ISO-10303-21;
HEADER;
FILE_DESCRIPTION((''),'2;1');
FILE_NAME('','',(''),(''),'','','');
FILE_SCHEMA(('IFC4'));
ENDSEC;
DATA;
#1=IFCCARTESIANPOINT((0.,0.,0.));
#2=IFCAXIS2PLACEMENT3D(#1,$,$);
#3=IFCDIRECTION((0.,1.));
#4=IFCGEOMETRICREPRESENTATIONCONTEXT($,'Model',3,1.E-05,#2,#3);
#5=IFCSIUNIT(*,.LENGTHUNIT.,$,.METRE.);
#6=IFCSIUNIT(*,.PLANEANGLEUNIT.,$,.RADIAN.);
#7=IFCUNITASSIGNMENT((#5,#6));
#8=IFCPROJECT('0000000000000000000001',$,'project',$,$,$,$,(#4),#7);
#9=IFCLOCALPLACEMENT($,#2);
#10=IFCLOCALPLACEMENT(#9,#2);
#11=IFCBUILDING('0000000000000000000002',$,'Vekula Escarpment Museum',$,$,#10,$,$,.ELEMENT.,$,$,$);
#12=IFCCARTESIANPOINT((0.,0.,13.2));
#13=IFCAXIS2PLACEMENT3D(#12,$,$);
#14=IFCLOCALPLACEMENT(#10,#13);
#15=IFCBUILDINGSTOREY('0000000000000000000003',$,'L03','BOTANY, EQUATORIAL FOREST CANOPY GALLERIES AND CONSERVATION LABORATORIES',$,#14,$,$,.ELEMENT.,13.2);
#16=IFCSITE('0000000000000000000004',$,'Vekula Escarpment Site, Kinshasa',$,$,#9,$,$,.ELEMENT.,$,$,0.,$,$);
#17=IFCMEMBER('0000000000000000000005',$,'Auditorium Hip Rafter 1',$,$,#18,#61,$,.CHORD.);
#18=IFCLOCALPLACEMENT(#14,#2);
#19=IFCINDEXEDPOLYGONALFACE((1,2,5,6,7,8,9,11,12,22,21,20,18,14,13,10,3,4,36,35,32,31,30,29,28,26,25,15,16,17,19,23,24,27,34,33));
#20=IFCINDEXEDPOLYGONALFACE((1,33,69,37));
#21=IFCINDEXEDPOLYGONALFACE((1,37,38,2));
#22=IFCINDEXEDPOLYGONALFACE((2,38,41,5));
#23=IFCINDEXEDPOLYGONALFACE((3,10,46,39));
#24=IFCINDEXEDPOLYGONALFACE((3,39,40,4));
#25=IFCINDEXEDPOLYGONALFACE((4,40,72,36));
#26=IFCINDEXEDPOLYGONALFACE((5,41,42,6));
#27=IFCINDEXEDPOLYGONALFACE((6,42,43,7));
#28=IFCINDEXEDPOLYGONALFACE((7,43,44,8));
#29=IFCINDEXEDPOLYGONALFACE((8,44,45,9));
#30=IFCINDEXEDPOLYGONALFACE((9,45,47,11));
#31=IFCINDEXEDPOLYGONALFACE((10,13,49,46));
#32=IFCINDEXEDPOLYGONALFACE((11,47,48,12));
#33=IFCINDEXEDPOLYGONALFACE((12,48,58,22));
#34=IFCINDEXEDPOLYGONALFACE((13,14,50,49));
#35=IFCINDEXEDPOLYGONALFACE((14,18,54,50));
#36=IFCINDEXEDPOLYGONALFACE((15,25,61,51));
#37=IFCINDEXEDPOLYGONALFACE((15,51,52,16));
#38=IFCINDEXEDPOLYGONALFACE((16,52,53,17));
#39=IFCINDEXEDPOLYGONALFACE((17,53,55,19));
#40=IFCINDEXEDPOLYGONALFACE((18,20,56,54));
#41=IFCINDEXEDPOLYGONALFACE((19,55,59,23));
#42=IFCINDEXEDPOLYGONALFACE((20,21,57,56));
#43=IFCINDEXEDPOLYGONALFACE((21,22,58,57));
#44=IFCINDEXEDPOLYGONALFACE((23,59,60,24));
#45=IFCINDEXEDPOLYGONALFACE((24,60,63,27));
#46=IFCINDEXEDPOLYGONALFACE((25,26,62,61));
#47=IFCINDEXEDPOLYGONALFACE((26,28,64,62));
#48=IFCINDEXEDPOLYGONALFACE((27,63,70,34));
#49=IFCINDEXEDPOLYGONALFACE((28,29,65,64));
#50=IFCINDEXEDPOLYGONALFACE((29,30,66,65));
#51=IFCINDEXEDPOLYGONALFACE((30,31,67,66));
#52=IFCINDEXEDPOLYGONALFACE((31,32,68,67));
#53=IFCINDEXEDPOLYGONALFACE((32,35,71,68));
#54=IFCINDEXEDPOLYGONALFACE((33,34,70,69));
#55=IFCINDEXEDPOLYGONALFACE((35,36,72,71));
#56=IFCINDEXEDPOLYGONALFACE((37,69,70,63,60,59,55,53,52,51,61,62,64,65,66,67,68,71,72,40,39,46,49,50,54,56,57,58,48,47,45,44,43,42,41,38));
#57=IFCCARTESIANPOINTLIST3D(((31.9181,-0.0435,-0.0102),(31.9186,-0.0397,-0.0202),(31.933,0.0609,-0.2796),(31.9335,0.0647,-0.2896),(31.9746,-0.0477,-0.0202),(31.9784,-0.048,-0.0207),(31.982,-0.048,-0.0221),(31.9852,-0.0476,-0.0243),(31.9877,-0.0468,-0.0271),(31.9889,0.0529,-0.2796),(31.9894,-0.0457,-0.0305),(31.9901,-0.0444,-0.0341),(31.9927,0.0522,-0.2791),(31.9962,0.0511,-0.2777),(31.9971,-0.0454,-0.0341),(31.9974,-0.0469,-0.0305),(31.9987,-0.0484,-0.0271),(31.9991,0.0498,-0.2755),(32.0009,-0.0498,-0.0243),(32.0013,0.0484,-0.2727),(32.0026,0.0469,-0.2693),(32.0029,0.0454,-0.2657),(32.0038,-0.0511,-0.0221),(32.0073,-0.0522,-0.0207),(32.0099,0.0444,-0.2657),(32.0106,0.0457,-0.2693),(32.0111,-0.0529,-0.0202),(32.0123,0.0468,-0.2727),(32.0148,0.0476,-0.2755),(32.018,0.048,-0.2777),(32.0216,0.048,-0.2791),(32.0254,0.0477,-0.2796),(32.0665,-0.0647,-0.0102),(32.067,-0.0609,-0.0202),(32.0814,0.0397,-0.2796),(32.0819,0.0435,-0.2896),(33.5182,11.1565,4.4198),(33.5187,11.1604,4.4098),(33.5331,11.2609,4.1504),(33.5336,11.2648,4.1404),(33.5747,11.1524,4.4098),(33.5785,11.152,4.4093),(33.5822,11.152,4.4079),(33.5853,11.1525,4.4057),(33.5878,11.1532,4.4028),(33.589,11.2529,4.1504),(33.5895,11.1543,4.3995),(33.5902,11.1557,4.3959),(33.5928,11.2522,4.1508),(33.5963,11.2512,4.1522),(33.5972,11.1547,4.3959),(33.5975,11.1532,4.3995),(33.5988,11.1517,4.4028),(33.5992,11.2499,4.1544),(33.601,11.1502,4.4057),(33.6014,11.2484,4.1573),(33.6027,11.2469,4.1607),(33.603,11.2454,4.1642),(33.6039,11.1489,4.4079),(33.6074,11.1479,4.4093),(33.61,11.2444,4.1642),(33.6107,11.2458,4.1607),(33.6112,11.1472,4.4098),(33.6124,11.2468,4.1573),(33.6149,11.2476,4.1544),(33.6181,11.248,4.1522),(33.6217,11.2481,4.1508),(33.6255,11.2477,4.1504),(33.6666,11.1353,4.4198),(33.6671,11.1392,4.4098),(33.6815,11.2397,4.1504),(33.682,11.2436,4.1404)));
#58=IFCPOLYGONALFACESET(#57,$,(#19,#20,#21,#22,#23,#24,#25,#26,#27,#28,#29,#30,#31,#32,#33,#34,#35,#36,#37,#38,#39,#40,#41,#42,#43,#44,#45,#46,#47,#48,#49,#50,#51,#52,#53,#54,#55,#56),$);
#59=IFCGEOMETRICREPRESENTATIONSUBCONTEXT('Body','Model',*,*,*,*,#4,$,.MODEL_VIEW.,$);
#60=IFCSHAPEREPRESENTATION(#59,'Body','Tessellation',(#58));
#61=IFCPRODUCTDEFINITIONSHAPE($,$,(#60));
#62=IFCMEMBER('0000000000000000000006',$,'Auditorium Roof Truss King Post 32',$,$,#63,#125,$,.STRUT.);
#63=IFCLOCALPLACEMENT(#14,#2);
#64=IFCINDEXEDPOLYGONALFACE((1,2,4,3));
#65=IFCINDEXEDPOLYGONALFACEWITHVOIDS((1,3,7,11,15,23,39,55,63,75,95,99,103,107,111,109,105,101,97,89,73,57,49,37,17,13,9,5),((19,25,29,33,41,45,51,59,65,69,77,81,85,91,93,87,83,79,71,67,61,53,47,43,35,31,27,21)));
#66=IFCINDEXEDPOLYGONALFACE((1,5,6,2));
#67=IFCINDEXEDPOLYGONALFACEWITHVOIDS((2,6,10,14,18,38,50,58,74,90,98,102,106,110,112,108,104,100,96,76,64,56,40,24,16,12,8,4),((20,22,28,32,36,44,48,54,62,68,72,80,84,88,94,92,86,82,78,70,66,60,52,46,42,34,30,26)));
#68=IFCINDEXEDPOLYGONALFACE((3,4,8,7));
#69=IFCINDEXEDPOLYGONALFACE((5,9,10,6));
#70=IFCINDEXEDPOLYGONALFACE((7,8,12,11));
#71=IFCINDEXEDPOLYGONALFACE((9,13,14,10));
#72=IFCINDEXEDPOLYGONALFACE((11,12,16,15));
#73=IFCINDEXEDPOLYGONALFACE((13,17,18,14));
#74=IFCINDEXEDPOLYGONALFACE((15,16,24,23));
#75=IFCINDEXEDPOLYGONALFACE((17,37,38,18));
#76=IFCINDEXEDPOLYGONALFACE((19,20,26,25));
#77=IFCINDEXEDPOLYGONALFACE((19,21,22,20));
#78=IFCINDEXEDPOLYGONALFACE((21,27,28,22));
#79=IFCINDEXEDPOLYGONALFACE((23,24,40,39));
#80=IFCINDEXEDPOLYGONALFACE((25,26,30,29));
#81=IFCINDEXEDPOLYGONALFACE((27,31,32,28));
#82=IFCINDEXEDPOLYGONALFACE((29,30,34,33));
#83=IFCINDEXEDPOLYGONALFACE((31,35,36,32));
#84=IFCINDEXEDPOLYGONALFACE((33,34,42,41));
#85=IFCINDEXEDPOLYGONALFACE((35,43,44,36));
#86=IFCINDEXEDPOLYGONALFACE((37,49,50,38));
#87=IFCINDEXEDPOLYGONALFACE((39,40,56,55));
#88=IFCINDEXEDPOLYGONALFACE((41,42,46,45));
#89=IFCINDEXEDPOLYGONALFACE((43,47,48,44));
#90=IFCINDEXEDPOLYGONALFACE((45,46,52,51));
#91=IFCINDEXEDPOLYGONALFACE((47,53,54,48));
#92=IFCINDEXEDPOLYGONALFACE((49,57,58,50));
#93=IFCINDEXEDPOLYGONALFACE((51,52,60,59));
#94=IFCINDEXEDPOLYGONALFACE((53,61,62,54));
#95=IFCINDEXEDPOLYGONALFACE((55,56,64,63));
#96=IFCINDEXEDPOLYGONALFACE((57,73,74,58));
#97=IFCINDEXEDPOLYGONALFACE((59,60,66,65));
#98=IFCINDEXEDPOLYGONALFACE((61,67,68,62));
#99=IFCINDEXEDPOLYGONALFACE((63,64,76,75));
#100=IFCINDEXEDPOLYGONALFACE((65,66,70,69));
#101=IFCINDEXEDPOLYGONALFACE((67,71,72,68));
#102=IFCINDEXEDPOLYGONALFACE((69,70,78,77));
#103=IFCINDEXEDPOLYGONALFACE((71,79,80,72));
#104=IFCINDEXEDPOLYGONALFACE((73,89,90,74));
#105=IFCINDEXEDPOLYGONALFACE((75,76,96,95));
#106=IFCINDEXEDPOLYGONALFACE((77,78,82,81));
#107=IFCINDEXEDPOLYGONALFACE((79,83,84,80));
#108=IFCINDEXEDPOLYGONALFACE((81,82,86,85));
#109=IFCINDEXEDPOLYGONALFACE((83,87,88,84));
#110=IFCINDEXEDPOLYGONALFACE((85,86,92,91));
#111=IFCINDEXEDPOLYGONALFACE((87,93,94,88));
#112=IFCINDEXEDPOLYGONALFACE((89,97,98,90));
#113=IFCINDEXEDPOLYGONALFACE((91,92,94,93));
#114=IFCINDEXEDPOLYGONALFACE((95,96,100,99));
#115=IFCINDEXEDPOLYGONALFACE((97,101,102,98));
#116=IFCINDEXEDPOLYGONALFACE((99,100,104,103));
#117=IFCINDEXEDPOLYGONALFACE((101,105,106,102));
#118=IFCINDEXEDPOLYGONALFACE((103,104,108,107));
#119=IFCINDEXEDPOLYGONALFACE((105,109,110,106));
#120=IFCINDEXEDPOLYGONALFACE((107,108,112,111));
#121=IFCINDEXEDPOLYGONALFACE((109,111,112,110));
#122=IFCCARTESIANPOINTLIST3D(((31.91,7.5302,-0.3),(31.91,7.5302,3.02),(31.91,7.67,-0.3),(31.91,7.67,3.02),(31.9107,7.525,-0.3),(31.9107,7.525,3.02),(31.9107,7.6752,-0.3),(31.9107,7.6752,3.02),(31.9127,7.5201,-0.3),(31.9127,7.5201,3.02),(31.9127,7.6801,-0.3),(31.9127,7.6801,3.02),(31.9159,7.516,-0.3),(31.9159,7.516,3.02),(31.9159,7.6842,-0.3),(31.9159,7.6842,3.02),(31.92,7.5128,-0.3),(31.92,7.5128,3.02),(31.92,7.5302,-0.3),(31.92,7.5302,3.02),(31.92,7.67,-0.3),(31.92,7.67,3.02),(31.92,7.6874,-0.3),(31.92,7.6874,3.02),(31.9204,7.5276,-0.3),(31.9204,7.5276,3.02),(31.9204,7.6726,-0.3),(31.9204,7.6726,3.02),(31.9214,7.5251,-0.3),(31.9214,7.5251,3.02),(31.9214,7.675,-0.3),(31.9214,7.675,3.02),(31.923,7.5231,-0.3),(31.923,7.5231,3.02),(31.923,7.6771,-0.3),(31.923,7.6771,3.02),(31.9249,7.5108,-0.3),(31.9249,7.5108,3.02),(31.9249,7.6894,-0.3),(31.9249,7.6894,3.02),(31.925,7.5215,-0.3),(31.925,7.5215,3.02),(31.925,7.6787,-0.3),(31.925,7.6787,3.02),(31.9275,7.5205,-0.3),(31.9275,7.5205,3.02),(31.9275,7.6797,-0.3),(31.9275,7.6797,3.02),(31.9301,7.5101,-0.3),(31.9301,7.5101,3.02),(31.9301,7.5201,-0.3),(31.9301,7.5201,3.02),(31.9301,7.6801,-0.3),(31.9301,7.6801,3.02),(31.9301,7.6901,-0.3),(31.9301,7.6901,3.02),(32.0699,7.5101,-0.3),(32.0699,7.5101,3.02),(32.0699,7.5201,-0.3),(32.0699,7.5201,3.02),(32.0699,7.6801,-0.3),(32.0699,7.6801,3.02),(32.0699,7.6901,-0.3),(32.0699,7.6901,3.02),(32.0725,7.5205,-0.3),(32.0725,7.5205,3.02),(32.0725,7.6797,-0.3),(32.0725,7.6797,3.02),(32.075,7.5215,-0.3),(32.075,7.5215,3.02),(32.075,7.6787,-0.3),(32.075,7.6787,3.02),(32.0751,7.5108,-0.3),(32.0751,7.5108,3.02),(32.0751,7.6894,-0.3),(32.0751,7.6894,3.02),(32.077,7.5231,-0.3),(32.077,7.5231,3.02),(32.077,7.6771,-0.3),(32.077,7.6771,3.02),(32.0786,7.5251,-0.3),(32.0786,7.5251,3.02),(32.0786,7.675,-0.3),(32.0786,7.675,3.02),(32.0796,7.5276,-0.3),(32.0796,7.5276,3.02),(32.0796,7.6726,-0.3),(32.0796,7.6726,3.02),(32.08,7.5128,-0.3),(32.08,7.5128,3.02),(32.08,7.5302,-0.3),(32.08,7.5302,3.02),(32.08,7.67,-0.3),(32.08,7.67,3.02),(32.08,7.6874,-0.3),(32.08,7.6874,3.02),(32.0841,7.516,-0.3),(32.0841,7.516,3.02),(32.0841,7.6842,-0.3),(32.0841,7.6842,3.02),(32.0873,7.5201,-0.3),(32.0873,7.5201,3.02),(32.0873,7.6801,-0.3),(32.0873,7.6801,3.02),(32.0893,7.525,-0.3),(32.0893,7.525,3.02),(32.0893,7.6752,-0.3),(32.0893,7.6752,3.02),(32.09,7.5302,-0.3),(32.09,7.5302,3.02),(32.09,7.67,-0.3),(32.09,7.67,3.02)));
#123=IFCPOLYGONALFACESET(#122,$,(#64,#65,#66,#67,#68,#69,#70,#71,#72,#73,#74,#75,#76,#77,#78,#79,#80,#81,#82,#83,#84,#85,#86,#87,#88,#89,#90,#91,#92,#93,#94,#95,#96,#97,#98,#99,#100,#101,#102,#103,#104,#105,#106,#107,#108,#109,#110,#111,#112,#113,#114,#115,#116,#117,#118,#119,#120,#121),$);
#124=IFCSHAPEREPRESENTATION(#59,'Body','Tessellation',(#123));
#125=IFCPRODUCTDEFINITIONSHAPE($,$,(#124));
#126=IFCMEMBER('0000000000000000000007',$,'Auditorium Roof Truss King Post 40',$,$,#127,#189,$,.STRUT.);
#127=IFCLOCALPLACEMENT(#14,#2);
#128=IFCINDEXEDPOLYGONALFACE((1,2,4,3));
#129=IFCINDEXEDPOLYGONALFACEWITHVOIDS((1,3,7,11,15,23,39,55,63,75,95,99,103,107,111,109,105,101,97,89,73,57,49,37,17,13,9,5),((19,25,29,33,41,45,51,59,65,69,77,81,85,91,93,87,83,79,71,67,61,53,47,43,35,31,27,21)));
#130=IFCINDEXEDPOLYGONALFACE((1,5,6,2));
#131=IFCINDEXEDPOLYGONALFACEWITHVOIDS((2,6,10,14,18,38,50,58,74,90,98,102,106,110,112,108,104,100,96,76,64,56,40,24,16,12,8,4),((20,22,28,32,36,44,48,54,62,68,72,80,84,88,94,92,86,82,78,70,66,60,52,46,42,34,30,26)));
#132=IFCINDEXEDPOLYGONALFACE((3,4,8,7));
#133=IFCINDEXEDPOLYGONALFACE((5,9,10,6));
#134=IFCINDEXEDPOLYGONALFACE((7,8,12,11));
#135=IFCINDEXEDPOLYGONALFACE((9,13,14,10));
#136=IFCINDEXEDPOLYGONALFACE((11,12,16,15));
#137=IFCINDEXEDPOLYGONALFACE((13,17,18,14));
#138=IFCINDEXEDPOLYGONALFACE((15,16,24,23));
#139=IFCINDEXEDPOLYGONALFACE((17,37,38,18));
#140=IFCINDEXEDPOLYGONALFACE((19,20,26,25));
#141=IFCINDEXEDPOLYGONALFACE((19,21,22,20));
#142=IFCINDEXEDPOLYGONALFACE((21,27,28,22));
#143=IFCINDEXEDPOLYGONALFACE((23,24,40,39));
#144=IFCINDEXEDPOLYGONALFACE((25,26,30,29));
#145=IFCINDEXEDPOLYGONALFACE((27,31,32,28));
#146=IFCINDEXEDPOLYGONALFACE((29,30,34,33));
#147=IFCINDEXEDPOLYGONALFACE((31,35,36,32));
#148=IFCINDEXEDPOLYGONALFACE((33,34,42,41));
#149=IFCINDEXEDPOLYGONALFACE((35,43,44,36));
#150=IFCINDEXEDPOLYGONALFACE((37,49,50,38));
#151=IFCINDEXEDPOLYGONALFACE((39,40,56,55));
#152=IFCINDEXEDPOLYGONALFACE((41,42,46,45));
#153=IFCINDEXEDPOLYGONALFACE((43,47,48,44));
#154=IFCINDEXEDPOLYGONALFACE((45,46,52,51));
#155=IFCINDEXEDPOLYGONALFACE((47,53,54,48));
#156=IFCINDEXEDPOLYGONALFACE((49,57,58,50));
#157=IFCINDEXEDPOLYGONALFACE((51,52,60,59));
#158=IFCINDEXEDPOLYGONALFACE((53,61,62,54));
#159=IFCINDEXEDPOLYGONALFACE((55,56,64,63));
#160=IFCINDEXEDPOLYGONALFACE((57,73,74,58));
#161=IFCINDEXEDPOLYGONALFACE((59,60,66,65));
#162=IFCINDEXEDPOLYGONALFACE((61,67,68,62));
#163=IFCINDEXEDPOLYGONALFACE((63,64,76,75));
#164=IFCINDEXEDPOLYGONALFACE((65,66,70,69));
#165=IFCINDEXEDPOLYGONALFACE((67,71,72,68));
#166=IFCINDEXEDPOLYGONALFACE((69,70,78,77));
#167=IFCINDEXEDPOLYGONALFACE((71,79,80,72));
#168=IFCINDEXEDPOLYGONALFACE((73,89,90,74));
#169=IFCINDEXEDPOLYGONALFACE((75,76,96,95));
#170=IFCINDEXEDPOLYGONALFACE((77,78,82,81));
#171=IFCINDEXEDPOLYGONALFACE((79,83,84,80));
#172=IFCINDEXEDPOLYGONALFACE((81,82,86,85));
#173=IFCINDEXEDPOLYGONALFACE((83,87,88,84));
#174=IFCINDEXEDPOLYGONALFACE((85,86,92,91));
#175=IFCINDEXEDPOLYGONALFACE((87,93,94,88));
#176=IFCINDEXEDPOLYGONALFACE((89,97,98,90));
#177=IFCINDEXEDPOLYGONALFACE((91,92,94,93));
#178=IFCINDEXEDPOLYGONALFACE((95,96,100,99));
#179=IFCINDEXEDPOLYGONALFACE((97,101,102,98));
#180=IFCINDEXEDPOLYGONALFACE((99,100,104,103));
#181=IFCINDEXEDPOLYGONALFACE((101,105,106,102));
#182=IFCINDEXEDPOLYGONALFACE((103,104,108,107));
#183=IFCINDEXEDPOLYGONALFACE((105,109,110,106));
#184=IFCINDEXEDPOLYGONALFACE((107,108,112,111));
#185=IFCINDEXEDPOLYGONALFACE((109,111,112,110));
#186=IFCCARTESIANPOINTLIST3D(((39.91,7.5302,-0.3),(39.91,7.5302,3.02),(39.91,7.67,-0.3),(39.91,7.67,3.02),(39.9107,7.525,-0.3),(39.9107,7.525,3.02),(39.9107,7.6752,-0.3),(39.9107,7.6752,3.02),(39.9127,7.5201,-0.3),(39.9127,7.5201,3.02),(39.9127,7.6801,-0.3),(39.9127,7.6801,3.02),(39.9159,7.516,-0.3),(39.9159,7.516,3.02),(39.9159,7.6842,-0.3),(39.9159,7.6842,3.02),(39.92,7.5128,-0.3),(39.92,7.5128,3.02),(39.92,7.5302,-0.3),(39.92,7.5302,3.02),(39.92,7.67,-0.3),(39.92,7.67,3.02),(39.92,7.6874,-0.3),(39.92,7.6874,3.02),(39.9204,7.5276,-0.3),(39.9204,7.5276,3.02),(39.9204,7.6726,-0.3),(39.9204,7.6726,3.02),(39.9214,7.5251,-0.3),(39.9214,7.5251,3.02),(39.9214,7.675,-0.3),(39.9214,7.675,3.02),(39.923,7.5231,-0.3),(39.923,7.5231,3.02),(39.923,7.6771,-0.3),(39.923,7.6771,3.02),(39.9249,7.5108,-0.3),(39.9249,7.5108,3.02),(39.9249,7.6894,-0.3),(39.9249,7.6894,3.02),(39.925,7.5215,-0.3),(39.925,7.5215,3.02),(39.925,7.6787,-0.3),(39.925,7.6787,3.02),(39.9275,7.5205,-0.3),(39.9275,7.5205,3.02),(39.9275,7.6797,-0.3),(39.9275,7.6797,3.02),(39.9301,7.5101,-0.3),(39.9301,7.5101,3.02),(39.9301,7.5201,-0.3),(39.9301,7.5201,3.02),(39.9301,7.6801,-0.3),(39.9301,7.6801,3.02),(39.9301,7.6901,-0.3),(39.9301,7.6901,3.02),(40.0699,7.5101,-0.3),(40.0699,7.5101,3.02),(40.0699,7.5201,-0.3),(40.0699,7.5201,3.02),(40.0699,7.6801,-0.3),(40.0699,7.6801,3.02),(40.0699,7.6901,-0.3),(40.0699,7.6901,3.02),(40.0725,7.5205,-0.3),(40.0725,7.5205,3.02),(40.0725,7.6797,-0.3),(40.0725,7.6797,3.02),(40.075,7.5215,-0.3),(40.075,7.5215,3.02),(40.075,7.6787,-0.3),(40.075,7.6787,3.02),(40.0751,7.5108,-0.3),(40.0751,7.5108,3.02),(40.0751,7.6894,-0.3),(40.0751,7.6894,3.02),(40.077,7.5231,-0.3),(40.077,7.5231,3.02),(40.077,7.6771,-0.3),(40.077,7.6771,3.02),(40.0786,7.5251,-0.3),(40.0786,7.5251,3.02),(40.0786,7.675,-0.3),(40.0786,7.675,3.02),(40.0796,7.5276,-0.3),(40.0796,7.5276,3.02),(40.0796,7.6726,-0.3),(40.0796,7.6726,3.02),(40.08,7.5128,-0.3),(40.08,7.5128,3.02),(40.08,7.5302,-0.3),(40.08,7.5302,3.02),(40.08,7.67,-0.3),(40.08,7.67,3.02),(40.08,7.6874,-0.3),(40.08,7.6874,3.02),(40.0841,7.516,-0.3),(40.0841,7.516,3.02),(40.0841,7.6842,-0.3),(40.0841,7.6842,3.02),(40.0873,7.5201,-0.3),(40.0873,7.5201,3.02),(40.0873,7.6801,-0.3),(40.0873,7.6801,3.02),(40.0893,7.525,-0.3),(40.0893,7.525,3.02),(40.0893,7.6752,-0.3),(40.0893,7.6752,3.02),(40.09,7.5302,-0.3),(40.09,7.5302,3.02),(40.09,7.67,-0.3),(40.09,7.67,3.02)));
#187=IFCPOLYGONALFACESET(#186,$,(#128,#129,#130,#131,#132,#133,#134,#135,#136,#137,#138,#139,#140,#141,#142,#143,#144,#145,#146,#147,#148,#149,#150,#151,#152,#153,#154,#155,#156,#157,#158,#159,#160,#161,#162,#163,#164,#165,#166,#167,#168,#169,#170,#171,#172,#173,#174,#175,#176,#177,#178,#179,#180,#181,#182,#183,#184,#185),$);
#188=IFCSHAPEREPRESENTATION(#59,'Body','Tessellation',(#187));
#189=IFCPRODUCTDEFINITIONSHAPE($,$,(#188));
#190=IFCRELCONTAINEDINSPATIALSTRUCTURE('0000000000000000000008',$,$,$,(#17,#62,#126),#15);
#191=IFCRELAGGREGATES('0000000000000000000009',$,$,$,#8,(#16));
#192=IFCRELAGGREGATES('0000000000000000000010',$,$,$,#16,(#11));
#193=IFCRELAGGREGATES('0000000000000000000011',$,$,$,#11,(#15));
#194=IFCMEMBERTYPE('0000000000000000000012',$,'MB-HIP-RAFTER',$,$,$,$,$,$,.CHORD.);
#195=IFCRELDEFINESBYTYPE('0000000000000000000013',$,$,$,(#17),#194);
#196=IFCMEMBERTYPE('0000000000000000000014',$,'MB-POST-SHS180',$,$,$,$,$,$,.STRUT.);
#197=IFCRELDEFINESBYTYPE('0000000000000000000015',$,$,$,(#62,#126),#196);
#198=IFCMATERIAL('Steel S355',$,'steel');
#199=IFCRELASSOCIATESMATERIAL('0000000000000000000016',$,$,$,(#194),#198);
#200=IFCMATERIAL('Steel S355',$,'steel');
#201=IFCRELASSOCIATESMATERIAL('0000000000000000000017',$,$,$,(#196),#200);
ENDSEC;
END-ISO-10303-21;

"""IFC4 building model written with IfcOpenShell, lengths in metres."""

from ifc_helpers import new_model, si_unit, direction, frame, origin, origin_2d, place, context, subcontext, project, spatial, hollow_rectangle, i_section, extrude, material, material_profile, profile_set, type_object, element, save


model = new_model("IFC4")

# Units and contexts
model_context = context("Model", 3, precision=1e-05, world=origin(), true_north=direction((0.0, 1.0)))
body_context = subcontext(model_context, "Body", "Model", "MODEL_VIEW")
ifc_project = project(units=[si_unit("LENGTHUNIT", "METRE"), si_unit("PLANEANGLEUNIT", "RADIAN")], contexts=[model_context])

# Site, building, storey
site_placement = place(None, origin())
site = spatial("IfcSite", under=ifc_project, at=site_placement, Name="Vekula Escarpment Site, Kinshasa", CompositionType="ELEMENT", RefElevation=0.0)
building_placement = place(site_placement, origin())
building = spatial("IfcBuilding", under=site, at=building_placement, Name="Vekula Escarpment Museum", CompositionType="ELEMENT")
storey_placement = place(building_placement, frame((0.0, 0.0, 13.2)))
storey = spatial("IfcBuildingStorey", under=building, at=storey_placement, Name="L03", Description="BOTANY, EQUATORIAL FOREST CANOPY GALLERIES AND CONSERVATION LABORATORIES", CompositionType="ELEMENT", Elevation=13.2)

# Members
ifc_material_1 = material(Name="Steel S355", Category="steel")
ifc_material_profile_1 = material_profile(ifc_material_1, i_section(OverallWidth=0.1499, OverallDepth=0.3, WebThickness=0.0071, FlangeThickness=0.0107, FilletRadius=0.0149, at=origin_2d()), Name="IPE 300")
ifc_profile_set_1 = profile_set([ifc_material_profile_1], Name="Steel S355")
member_type_1 = type_object("IfcMemberType", Name="MB-HIP-RAFTER", PredefinedType="CHORD", material=ifc_profile_set_1)
member_1_placement = place(storey_placement, frame((32.0, 0.0, -0.1499), z_axis=(0.131695, 0.921804, 0.364602), x_axis=(-0.989948, 0.14143, 0.0)))
element("IfcMember", 1, at=member_1_placement, inside=storey, type_object=member_type_1, Name="Auditorium Hip Rafter 1", PredefinedType="CHORD", context=body_context, shape_type="SweptSolid", body=[
    extrude(i_section(OverallWidth=0.1499, OverallDepth=0.3, WebThickness=0.0071, FlangeThickness=0.0107, FilletRadius=0.0149, at=origin_2d()), origin(), (0.0, 0.0, 1.0), 12.1501),
])
ifc_material_2 = material(Name="Steel S355", Category="steel")
ifc_material_profile_2 = material_profile(ifc_material_2, hollow_rectangle(XDim=0.1799, YDim=0.1799, WallThickness=0.01, InnerFilletRadius=0.01, OuterFilletRadius=0.02, at=origin_2d()), Name="SHS 180x180x10")
ifc_profile_set_2 = profile_set([ifc_material_profile_2], Name="Steel S355")
member_type_2 = type_object("IfcMemberType", Name="MB-POST-SHS180", PredefinedType="STRUT", material=ifc_profile_set_2)
for number, where, z_axis, x_axis, name in (
    (2, (32.0, 7.6001, -0.3), (0.0, 0.0, 1.0), (1.0, 0.0, 0.0), "Auditorium Roof Truss King Post 32"),
    (3, (40.0, 7.6001, -0.3), (0.0, 0.0, 1.0), (1.0, 0.0, 0.0), "Auditorium Roof Truss King Post 40"),
):
    element("IfcMember", number, at=place(storey_placement, frame(where, z_axis=z_axis, x_axis=x_axis)), inside=storey, type_object=member_type_2, Name=name, PredefinedType="STRUT", context=body_context, shape_type="SweptSolid", body=[
        extrude(hollow_rectangle(XDim=0.1799, YDim=0.1799, WallThickness=0.01, InnerFilletRadius=0.01, OuterFilletRadius=0.02, at=origin_2d()), origin(), (0.0, 0.0, 1.0), 3.3201),
    ])

save(model, "model.ifc")
